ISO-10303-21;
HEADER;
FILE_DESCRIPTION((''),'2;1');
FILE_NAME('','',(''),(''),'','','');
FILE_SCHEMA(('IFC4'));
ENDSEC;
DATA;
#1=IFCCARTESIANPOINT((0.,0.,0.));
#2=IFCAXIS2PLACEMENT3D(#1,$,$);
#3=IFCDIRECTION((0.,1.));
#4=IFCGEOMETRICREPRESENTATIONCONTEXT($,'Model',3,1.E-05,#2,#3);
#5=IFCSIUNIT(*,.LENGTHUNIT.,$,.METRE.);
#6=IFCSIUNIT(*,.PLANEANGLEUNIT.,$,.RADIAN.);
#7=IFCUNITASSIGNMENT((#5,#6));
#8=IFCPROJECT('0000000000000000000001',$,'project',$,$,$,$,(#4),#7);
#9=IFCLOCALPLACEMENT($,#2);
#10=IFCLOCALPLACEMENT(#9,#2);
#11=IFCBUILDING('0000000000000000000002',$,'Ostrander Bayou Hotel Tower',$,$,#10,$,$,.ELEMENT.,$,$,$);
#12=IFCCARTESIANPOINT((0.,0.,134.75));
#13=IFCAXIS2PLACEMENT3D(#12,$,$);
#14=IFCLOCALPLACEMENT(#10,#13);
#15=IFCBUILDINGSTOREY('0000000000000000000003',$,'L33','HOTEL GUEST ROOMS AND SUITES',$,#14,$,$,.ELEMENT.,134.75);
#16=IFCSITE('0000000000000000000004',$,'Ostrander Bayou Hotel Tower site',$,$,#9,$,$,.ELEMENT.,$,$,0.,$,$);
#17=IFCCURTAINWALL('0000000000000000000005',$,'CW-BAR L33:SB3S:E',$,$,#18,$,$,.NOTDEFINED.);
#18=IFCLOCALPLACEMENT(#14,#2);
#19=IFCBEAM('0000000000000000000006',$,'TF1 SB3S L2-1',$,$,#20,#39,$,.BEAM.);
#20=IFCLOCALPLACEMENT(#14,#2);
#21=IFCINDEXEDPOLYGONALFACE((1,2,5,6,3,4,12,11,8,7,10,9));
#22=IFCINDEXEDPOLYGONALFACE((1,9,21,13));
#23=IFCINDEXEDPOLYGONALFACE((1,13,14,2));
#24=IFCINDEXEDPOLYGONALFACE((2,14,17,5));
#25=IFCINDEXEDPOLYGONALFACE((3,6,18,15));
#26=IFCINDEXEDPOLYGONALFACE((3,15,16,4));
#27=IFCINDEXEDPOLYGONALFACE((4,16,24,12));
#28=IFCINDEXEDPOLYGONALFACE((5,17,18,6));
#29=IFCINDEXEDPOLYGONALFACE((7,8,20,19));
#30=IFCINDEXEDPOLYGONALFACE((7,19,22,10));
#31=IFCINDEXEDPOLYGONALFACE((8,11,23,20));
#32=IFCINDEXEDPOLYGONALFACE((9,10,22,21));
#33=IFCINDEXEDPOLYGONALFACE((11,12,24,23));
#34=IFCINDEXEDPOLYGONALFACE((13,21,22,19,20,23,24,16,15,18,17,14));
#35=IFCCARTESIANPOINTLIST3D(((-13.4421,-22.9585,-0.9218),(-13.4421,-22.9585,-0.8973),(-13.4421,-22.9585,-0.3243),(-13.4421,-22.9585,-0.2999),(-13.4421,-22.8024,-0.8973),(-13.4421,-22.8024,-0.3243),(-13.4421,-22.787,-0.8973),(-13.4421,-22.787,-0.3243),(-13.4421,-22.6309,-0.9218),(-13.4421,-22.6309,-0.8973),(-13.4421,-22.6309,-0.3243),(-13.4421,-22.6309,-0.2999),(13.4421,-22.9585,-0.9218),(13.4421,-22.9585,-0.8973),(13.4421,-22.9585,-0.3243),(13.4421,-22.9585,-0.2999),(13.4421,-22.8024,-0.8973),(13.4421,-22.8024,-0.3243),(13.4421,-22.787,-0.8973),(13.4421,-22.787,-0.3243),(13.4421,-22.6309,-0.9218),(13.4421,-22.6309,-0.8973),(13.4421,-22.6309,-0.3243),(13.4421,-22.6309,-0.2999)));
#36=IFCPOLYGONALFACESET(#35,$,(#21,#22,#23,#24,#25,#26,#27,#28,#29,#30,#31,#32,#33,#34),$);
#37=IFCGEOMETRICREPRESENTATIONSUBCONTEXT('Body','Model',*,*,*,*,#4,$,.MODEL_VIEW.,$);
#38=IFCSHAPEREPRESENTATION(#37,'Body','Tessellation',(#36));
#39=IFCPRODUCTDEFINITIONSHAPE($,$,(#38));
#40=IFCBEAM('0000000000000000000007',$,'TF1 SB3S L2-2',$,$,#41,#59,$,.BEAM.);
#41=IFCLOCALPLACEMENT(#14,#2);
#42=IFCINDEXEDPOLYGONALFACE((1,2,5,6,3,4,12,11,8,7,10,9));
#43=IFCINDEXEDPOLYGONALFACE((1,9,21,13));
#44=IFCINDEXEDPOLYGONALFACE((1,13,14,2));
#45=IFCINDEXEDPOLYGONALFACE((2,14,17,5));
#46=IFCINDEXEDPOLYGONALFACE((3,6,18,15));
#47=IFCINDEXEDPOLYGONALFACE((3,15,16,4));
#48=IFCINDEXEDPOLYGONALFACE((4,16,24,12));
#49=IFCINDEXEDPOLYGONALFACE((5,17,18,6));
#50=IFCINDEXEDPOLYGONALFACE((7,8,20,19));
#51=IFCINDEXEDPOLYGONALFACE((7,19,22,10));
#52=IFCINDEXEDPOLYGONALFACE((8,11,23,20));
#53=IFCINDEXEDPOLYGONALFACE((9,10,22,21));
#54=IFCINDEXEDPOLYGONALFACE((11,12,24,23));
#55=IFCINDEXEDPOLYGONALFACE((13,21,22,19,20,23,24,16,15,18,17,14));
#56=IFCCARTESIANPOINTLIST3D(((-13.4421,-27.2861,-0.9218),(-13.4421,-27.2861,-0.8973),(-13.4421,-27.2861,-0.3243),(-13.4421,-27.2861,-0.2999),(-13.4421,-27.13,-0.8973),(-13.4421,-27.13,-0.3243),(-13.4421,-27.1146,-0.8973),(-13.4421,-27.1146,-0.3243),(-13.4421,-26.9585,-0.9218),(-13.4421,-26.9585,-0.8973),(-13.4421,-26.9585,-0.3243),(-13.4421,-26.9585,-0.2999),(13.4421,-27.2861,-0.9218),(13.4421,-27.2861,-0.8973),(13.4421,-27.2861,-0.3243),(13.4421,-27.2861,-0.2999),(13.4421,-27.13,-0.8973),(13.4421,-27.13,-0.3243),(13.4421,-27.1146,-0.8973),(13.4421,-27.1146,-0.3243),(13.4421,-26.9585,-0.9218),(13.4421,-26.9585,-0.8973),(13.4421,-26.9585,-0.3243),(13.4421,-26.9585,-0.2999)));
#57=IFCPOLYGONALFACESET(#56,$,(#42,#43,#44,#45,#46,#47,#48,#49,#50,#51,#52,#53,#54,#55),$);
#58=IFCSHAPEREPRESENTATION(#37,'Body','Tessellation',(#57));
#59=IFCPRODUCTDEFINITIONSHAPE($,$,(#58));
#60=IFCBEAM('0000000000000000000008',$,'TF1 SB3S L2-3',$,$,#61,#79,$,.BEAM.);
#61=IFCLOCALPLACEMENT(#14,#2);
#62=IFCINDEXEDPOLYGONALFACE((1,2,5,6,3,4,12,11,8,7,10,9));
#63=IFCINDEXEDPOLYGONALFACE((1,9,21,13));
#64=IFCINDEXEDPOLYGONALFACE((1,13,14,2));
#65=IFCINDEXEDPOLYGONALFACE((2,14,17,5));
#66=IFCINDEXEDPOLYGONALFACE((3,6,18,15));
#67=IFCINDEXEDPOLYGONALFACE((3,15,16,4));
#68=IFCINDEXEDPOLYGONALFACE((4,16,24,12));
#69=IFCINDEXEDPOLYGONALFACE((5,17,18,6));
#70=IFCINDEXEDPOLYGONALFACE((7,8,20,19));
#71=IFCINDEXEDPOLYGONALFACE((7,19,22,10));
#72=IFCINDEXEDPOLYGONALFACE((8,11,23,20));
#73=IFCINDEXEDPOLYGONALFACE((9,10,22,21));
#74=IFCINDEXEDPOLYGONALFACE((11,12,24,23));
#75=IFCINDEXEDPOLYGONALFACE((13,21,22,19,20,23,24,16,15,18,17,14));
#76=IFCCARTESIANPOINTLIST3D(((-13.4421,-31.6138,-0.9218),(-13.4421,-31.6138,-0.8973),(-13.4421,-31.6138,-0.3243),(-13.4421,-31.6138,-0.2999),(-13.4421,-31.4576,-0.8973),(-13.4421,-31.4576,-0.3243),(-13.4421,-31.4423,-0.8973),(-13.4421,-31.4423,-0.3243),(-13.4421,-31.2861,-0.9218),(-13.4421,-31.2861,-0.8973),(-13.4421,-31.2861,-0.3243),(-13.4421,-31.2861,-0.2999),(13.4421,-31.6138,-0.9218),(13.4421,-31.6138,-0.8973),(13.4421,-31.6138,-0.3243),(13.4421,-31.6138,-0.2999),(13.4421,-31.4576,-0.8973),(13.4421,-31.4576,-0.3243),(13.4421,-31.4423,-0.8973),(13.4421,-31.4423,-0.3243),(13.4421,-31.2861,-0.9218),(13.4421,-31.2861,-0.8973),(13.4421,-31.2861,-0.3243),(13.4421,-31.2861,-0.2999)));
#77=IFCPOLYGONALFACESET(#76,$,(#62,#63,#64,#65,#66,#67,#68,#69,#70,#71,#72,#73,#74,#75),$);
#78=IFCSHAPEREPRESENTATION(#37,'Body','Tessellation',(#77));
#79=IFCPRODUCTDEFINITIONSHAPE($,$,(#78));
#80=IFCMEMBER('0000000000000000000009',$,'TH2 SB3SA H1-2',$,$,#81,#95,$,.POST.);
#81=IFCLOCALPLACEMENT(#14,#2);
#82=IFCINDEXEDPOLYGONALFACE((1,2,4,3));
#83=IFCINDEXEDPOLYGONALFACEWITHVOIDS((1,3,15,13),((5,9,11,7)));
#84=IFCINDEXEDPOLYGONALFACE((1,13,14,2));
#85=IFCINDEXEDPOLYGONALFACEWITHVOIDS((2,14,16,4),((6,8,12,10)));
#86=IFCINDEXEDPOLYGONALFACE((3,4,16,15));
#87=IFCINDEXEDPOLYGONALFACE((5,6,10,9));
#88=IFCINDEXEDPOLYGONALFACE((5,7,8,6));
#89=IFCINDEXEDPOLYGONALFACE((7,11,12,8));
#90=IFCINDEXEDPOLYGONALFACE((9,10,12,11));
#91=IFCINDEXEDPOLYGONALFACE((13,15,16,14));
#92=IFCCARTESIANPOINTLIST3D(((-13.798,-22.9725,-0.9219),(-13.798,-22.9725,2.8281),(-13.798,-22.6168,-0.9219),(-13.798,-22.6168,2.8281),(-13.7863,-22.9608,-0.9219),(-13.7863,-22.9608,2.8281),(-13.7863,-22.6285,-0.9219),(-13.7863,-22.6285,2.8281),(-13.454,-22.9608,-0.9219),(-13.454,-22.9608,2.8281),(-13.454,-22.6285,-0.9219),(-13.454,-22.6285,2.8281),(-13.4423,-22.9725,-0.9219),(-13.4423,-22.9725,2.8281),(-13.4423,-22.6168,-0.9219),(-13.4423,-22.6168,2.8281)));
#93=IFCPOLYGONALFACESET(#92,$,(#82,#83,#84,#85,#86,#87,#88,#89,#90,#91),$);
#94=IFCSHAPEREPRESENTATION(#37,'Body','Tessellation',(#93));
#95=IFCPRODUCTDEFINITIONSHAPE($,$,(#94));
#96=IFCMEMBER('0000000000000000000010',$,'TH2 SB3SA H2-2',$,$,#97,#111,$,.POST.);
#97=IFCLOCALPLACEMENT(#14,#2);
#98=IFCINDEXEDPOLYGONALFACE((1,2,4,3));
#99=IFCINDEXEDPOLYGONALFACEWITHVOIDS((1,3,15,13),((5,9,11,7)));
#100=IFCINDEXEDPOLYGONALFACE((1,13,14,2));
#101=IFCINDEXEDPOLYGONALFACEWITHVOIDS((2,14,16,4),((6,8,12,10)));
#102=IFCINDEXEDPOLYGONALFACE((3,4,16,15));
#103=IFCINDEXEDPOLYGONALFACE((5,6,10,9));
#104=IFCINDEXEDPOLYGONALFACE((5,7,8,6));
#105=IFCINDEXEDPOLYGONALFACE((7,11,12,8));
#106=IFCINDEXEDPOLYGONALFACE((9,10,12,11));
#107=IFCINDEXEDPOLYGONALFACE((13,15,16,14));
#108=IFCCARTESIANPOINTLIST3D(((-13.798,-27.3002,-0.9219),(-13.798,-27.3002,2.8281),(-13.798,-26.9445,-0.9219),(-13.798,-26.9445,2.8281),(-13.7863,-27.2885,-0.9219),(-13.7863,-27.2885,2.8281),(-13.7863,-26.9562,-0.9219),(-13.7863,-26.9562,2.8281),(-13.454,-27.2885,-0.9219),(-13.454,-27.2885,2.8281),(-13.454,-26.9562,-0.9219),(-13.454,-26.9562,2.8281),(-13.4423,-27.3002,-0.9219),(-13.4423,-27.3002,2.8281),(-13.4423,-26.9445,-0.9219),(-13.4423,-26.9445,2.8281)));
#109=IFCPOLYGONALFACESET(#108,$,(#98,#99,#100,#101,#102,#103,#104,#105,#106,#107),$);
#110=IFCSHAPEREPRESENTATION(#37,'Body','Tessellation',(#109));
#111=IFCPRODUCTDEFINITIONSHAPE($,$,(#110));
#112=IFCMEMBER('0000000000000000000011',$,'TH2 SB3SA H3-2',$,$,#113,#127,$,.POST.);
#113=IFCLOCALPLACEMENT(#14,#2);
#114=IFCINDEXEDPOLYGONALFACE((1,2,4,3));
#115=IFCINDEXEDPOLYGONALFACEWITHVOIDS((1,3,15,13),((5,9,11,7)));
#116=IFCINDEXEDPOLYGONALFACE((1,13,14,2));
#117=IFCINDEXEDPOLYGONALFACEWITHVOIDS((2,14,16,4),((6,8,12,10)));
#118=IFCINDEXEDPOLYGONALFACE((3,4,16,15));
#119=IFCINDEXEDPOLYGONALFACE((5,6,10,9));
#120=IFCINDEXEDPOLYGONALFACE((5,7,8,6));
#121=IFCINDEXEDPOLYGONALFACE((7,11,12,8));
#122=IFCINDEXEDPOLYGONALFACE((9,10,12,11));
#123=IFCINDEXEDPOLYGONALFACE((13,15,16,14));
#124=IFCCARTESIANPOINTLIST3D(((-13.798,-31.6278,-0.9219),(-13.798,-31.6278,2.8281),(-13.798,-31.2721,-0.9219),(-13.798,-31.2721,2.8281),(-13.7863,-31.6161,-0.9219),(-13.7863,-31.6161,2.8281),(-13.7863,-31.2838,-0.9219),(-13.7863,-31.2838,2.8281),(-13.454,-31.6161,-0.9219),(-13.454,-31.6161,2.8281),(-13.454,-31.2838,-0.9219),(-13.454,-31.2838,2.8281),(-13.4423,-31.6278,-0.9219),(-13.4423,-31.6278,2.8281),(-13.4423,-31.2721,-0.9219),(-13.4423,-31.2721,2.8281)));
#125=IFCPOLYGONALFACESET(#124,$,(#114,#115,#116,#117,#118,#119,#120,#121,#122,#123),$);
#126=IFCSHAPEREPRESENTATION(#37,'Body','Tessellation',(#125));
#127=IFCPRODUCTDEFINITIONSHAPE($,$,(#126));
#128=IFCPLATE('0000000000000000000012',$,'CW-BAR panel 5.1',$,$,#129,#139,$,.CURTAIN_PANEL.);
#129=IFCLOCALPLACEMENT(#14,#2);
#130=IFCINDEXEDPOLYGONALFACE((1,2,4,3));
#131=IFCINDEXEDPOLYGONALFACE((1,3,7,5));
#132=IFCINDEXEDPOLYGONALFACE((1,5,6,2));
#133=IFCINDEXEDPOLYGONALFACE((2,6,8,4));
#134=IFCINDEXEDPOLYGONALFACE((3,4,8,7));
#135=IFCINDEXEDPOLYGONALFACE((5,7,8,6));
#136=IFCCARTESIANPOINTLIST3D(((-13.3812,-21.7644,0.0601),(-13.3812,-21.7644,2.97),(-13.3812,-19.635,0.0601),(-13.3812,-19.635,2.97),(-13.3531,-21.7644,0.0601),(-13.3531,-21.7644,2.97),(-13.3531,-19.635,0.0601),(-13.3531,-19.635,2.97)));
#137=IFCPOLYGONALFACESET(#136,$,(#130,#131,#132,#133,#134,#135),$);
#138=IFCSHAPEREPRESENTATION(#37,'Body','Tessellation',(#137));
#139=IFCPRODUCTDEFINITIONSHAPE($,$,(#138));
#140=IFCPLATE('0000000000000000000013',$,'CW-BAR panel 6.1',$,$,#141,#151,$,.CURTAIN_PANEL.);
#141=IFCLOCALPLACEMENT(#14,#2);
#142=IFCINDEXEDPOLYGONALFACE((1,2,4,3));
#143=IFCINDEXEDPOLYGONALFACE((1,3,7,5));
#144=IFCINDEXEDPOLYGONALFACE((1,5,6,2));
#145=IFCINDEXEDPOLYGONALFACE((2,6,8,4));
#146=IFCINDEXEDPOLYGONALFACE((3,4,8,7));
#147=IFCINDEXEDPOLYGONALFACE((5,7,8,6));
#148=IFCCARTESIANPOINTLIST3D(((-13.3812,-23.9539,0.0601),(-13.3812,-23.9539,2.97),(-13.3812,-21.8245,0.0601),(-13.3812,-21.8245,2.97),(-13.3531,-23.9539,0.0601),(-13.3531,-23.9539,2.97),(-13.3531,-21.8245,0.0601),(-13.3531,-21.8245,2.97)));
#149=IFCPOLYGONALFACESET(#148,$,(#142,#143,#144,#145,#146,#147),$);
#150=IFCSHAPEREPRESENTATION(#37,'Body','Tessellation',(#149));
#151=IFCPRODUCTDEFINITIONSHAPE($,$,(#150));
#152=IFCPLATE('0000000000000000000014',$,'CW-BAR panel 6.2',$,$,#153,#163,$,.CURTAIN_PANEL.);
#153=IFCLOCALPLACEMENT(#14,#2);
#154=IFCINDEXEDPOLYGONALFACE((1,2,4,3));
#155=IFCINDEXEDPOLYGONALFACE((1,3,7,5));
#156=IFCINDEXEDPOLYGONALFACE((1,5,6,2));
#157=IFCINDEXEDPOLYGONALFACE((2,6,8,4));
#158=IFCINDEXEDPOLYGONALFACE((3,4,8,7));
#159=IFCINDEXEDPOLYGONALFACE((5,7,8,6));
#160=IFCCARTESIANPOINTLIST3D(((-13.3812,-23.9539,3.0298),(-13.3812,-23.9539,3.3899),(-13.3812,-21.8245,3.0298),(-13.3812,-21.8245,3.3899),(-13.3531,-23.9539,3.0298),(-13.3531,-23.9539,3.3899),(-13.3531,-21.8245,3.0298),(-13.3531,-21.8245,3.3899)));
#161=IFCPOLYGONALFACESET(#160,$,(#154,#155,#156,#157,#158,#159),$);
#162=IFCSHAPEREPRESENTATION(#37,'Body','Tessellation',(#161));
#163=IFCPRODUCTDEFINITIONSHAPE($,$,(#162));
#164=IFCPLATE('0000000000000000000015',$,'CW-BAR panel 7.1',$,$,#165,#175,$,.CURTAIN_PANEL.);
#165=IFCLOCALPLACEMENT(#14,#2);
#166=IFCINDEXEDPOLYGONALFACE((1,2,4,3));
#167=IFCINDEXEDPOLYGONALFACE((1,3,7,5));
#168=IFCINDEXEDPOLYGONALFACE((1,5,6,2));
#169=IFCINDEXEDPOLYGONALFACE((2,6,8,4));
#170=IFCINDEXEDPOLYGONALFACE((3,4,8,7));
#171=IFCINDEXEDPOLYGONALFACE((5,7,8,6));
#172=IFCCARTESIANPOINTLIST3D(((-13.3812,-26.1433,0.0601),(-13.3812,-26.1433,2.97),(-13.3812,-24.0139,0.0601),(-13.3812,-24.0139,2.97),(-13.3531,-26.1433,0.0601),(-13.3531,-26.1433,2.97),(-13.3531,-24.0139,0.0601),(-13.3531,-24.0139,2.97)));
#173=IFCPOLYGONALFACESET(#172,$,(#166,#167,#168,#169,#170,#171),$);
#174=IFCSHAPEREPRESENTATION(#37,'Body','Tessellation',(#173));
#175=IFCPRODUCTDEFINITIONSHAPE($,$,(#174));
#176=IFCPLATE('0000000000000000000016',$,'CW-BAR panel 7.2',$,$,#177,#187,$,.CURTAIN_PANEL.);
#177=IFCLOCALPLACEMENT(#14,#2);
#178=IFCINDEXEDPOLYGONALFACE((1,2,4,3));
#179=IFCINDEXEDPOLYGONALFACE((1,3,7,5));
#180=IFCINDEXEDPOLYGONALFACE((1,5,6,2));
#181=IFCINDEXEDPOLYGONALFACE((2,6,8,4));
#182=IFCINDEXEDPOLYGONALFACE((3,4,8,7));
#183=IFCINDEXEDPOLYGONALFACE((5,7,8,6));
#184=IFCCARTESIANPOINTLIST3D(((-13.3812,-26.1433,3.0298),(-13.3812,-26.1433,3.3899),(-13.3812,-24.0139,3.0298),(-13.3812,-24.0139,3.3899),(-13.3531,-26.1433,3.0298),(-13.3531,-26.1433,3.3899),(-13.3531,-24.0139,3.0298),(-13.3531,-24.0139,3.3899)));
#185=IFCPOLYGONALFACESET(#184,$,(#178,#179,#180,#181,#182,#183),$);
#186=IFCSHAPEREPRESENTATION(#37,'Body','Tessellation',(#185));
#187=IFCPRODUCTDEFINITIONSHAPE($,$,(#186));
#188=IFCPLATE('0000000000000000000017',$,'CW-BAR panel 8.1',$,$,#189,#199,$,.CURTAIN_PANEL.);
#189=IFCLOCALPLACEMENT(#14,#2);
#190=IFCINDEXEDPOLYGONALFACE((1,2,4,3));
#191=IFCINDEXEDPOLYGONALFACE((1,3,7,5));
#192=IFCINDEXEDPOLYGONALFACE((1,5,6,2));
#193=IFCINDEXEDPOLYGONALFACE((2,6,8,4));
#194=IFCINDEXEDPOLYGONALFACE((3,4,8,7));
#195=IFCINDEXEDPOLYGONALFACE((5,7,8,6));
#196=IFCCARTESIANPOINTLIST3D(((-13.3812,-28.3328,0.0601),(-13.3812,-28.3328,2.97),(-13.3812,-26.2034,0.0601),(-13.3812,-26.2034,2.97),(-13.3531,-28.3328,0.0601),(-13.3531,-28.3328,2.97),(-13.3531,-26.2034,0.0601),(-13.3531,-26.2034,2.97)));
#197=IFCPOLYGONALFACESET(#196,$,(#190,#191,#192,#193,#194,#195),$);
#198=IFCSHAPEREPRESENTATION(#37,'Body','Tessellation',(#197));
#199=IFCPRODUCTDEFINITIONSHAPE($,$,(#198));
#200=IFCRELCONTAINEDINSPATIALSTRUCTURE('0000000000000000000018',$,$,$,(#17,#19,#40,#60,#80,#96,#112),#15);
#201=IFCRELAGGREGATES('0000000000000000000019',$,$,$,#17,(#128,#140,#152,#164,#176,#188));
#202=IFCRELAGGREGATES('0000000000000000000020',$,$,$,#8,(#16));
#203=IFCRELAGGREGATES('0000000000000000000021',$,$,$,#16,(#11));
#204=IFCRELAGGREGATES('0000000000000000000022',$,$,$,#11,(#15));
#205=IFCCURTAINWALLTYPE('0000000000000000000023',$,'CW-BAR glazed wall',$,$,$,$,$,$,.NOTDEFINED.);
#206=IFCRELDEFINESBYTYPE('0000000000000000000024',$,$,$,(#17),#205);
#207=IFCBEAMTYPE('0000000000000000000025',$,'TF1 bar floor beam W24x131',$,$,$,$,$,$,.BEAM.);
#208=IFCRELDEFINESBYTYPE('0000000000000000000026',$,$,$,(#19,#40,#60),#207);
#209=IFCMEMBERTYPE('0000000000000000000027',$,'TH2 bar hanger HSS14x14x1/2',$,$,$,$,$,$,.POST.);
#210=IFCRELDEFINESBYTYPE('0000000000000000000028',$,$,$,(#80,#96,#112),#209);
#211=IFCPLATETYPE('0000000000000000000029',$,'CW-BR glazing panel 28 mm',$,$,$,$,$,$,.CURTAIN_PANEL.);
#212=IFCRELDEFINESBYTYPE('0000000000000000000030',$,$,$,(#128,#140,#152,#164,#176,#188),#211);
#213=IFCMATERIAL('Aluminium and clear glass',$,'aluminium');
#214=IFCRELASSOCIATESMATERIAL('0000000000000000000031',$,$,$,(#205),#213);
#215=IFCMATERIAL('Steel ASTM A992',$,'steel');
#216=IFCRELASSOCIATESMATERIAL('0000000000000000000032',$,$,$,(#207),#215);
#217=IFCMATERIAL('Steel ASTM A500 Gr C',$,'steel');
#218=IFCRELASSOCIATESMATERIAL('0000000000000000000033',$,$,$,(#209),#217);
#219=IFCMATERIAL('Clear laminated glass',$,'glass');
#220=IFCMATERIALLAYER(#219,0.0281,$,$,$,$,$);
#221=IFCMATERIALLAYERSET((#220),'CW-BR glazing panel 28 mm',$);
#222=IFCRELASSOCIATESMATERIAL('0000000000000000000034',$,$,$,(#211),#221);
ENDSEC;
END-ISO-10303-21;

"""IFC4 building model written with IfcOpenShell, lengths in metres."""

from ifc_helpers import new_model, si_unit, direction, frame, origin, origin_2d, place, context, subcontext, project, spatial, rectangle, hollow_rectangle, i_section, extrude, material, layer, layer_set, material_profile, profile_set, type_object, element, aggregate, save


model = new_model("IFC4")

# Units and contexts
model_context = context("Model", 3, precision=1e-05, world=origin(), true_north=direction((0.0, 1.0)))
body_context = subcontext(model_context, "Body", "Model", "MODEL_VIEW")
ifc_project = project(units=[si_unit("LENGTHUNIT", "METRE"), si_unit("PLANEANGLEUNIT", "RADIAN")], contexts=[model_context])

# Site, building, storey
site_placement = place(None, origin())
site = spatial("IfcSite", under=ifc_project, at=site_placement, Name="Ostrander Bayou Hotel Tower site", CompositionType="ELEMENT", RefElevation=0.0)
building_placement = place(site_placement, origin())
building = spatial("IfcBuilding", under=site, at=building_placement, Name="Ostrander Bayou Hotel Tower", CompositionType="ELEMENT")
storey_placement = place(building_placement, frame((0.0, 0.0, 134.75)))
storey = spatial("IfcBuildingStorey", under=building, at=storey_placement, Name="L33", Description="HOTEL GUEST ROOMS AND SUITES", CompositionType="ELEMENT", Elevation=134.75)

# Curtain wall
ifc_material_1 = material(Name="Aluminium and clear glass", Category="aluminium")
curtain_wall_type = type_object("IfcCurtainWallType", Name="CW-BAR glazed wall", PredefinedType="NOTDEFINED", material=ifc_material_1)
curtain_wall_1_placement = place(storey_placement, origin())
curtain_wall_1 = element("IfcCurtainWall", 1, at=curtain_wall_1_placement, inside=storey, type_object=curtain_wall_type, Name="CW-BAR L33:SB3S:E", PredefinedType="NOTDEFINED")

# Beams
ifc_material_2 = material(Name="Steel ASTM A992", Category="steel")
ifc_material_profile_1 = material_profile(ifc_material_2, i_section(OverallWidth=0.3276, OverallDepth=0.6218, WebThickness=0.0154, FlangeThickness=0.0244, at=origin_2d()))
ifc_profile_set_1 = profile_set([ifc_material_profile_1], Name="Steel ASTM A992")
beam_type = type_object("IfcBeamType", Name="TF1 bar floor beam W24x131", PredefinedType="BEAM", material=ifc_profile_set_1)
for number, where, z_axis, x_axis, name in (
    (2, (-13.4421, -22.7947, -0.6108), (1.0, 0.0, 0.0), (0.0, 1.0, 0.0), "TF1 SB3S L2-1"),
    (3, (-13.4421, -27.1223, -0.6108), (1.0, 0.0, 0.0), (0.0, 1.0, 0.0), "TF1 SB3S L2-2"),
    (4, (-13.4421, -31.45, -0.6108), (1.0, 0.0, 0.0), (0.0, 1.0, 0.0), "TF1 SB3S L2-3"),
):
    element("IfcBeam", number, at=place(storey_placement, frame(where, z_axis=z_axis, x_axis=x_axis)), inside=storey, type_object=beam_type, Name=name, PredefinedType="BEAM", context=body_context, shape_type="SweptSolid", body=[
        extrude(i_section(OverallWidth=0.3276, OverallDepth=0.6218, WebThickness=0.0154, FlangeThickness=0.0244, at=origin_2d()), origin(), (0.0, 0.0, 1.0), 26.8843),
    ])

# Members
ifc_material_3 = material(Name="Steel ASTM A500 Gr C", Category="steel")
ifc_material_profile_2 = material_profile(ifc_material_3, hollow_rectangle(XDim=0.3557, YDim=0.3557, WallThickness=0.0117, at=origin_2d()))
ifc_profile_set_2 = profile_set([ifc_material_profile_2], Name="Steel ASTM A500 Gr C")
member_type_1 = type_object("IfcMemberType", Name="TH2 bar hanger HSS14x14x1/2", PredefinedType="POST", material=ifc_profile_set_2)
for number, where, z_axis, x_axis, name in (
    (5, (-13.6201, -22.7947, -0.9219), (0.0, 0.0, 1.0), (1.0, 0.0, 0.0), "TH2 SB3SA H1-2"),
    (6, (-13.6201, -27.1223, -0.9219), (0.0, 0.0, 1.0), (1.0, 0.0, 0.0), "TH2 SB3SA H2-2"),
    (7, (-13.6201, -31.45, -0.9219), (0.0, 0.0, 1.0), (1.0, 0.0, 0.0), "TH2 SB3SA H3-2"),
):
    element("IfcMember", number, at=place(storey_placement, frame(where, z_axis=z_axis, x_axis=x_axis)), inside=storey, type_object=member_type_1, Name=name, PredefinedType="POST", context=body_context, shape_type="SweptSolid", body=[
        extrude(hollow_rectangle(XDim=0.3557, YDim=0.3557, WallThickness=0.0117, at=origin_2d()), origin(), (0.0, 0.0, 1.0), 3.75),
    ])

# Plates
ifc_material_4 = material(Name="Clear laminated glass", Category="glass")
ifc_layer = layer(ifc_material_4, 0.0281)
ifc_layer_set = layer_set([ifc_layer], Name="CW-BR glazing panel 28 mm")
plate_type = type_object("IfcPlateType", Name="CW-BR glazing panel 28 mm", PredefinedType="CURTAIN_PANEL", material=ifc_layer_set)
plate_1_placement = place(storey_placement, frame((-13.3672, -20.6997, 0.0601), z_axis=(0.0, 0.0, 1.0), x_axis=(0.0, -1.0, 0.0)))
plate_1 = element("IfcPlate", 8, at=plate_1_placement, type_object=plate_type, Name="CW-BAR panel 5.1", PredefinedType="CURTAIN_PANEL", context=body_context, shape_type="SweptSolid", body=[
    extrude(rectangle(XDim=2.1294, YDim=0.0281, at=origin_2d()), origin(), (0.0, 0.0, 1.0), 2.9099),
])
plate_2_placement = place(storey_placement, frame((-13.3672, -22.8892, 0.0601), z_axis=(0.0, 0.0, 1.0), x_axis=(0.0, -1.0, 0.0)))
plate_2 = element("IfcPlate", 9, at=plate_2_placement, type_object=plate_type, Name="CW-BAR panel 6.1", PredefinedType="CURTAIN_PANEL", context=body_context, shape_type="SweptSolid", body=[
    extrude(rectangle(XDim=2.1294, YDim=0.0281, at=origin_2d()), origin(), (0.0, 0.0, 1.0), 2.9099),
])
plate_3_placement = place(storey_placement, frame((-13.3672, -22.8892, 3.0298), z_axis=(0.0, 0.0, 1.0), x_axis=(0.0, -1.0, 0.0)))
plate_3 = element("IfcPlate", 10, at=plate_3_placement, type_object=plate_type, Name="CW-BAR panel 6.2", PredefinedType="CURTAIN_PANEL", context=body_context, shape_type="SweptSolid", body=[
    extrude(rectangle(XDim=2.1294, YDim=0.0281, at=origin_2d()), origin(), (0.0, 0.0, 1.0), 0.3601),
])
plate_4_placement = place(storey_placement, frame((-13.3672, -25.0786, 0.0601), z_axis=(0.0, 0.0, 1.0), x_axis=(0.0, -1.0, 0.0)))
plate_4 = element("IfcPlate", 11, at=plate_4_placement, type_object=plate_type, Name="CW-BAR panel 7.1", PredefinedType="CURTAIN_PANEL", context=body_context, shape_type="SweptSolid", body=[
    extrude(rectangle(XDim=2.1294, YDim=0.0281, at=origin_2d()), origin(), (0.0, 0.0, 1.0), 2.9099),
])
plate_5_placement = place(storey_placement, frame((-13.3672, -25.0786, 3.0298), z_axis=(0.0, 0.0, 1.0), x_axis=(0.0, -1.0, 0.0)))
plate_5 = element("IfcPlate", 12, at=plate_5_placement, type_object=plate_type, Name="CW-BAR panel 7.2", PredefinedType="CURTAIN_PANEL", context=body_context, shape_type="SweptSolid", body=[
    extrude(rectangle(XDim=2.1294, YDim=0.0281, at=origin_2d()), origin(), (0.0, 0.0, 1.0), 0.3601),
])
plate_6_placement = place(storey_placement, frame((-13.3672, -27.2681, 0.0601), z_axis=(0.0, 0.0, 1.0), x_axis=(0.0, -1.0, 0.0)))
plate_6 = element("IfcPlate", 13, at=plate_6_placement, type_object=plate_type, Name="CW-BAR panel 8.1", PredefinedType="CURTAIN_PANEL", context=body_context, shape_type="SweptSolid", body=[
    extrude(rectangle(XDim=2.1294, YDim=0.0281, at=origin_2d()), origin(), (0.0, 0.0, 1.0), 2.9099),
])
aggregate(curtain_wall_1, [plate_1, plate_2, plate_3, plate_4, plate_5, plate_6])

save(model, "model.ifc")
